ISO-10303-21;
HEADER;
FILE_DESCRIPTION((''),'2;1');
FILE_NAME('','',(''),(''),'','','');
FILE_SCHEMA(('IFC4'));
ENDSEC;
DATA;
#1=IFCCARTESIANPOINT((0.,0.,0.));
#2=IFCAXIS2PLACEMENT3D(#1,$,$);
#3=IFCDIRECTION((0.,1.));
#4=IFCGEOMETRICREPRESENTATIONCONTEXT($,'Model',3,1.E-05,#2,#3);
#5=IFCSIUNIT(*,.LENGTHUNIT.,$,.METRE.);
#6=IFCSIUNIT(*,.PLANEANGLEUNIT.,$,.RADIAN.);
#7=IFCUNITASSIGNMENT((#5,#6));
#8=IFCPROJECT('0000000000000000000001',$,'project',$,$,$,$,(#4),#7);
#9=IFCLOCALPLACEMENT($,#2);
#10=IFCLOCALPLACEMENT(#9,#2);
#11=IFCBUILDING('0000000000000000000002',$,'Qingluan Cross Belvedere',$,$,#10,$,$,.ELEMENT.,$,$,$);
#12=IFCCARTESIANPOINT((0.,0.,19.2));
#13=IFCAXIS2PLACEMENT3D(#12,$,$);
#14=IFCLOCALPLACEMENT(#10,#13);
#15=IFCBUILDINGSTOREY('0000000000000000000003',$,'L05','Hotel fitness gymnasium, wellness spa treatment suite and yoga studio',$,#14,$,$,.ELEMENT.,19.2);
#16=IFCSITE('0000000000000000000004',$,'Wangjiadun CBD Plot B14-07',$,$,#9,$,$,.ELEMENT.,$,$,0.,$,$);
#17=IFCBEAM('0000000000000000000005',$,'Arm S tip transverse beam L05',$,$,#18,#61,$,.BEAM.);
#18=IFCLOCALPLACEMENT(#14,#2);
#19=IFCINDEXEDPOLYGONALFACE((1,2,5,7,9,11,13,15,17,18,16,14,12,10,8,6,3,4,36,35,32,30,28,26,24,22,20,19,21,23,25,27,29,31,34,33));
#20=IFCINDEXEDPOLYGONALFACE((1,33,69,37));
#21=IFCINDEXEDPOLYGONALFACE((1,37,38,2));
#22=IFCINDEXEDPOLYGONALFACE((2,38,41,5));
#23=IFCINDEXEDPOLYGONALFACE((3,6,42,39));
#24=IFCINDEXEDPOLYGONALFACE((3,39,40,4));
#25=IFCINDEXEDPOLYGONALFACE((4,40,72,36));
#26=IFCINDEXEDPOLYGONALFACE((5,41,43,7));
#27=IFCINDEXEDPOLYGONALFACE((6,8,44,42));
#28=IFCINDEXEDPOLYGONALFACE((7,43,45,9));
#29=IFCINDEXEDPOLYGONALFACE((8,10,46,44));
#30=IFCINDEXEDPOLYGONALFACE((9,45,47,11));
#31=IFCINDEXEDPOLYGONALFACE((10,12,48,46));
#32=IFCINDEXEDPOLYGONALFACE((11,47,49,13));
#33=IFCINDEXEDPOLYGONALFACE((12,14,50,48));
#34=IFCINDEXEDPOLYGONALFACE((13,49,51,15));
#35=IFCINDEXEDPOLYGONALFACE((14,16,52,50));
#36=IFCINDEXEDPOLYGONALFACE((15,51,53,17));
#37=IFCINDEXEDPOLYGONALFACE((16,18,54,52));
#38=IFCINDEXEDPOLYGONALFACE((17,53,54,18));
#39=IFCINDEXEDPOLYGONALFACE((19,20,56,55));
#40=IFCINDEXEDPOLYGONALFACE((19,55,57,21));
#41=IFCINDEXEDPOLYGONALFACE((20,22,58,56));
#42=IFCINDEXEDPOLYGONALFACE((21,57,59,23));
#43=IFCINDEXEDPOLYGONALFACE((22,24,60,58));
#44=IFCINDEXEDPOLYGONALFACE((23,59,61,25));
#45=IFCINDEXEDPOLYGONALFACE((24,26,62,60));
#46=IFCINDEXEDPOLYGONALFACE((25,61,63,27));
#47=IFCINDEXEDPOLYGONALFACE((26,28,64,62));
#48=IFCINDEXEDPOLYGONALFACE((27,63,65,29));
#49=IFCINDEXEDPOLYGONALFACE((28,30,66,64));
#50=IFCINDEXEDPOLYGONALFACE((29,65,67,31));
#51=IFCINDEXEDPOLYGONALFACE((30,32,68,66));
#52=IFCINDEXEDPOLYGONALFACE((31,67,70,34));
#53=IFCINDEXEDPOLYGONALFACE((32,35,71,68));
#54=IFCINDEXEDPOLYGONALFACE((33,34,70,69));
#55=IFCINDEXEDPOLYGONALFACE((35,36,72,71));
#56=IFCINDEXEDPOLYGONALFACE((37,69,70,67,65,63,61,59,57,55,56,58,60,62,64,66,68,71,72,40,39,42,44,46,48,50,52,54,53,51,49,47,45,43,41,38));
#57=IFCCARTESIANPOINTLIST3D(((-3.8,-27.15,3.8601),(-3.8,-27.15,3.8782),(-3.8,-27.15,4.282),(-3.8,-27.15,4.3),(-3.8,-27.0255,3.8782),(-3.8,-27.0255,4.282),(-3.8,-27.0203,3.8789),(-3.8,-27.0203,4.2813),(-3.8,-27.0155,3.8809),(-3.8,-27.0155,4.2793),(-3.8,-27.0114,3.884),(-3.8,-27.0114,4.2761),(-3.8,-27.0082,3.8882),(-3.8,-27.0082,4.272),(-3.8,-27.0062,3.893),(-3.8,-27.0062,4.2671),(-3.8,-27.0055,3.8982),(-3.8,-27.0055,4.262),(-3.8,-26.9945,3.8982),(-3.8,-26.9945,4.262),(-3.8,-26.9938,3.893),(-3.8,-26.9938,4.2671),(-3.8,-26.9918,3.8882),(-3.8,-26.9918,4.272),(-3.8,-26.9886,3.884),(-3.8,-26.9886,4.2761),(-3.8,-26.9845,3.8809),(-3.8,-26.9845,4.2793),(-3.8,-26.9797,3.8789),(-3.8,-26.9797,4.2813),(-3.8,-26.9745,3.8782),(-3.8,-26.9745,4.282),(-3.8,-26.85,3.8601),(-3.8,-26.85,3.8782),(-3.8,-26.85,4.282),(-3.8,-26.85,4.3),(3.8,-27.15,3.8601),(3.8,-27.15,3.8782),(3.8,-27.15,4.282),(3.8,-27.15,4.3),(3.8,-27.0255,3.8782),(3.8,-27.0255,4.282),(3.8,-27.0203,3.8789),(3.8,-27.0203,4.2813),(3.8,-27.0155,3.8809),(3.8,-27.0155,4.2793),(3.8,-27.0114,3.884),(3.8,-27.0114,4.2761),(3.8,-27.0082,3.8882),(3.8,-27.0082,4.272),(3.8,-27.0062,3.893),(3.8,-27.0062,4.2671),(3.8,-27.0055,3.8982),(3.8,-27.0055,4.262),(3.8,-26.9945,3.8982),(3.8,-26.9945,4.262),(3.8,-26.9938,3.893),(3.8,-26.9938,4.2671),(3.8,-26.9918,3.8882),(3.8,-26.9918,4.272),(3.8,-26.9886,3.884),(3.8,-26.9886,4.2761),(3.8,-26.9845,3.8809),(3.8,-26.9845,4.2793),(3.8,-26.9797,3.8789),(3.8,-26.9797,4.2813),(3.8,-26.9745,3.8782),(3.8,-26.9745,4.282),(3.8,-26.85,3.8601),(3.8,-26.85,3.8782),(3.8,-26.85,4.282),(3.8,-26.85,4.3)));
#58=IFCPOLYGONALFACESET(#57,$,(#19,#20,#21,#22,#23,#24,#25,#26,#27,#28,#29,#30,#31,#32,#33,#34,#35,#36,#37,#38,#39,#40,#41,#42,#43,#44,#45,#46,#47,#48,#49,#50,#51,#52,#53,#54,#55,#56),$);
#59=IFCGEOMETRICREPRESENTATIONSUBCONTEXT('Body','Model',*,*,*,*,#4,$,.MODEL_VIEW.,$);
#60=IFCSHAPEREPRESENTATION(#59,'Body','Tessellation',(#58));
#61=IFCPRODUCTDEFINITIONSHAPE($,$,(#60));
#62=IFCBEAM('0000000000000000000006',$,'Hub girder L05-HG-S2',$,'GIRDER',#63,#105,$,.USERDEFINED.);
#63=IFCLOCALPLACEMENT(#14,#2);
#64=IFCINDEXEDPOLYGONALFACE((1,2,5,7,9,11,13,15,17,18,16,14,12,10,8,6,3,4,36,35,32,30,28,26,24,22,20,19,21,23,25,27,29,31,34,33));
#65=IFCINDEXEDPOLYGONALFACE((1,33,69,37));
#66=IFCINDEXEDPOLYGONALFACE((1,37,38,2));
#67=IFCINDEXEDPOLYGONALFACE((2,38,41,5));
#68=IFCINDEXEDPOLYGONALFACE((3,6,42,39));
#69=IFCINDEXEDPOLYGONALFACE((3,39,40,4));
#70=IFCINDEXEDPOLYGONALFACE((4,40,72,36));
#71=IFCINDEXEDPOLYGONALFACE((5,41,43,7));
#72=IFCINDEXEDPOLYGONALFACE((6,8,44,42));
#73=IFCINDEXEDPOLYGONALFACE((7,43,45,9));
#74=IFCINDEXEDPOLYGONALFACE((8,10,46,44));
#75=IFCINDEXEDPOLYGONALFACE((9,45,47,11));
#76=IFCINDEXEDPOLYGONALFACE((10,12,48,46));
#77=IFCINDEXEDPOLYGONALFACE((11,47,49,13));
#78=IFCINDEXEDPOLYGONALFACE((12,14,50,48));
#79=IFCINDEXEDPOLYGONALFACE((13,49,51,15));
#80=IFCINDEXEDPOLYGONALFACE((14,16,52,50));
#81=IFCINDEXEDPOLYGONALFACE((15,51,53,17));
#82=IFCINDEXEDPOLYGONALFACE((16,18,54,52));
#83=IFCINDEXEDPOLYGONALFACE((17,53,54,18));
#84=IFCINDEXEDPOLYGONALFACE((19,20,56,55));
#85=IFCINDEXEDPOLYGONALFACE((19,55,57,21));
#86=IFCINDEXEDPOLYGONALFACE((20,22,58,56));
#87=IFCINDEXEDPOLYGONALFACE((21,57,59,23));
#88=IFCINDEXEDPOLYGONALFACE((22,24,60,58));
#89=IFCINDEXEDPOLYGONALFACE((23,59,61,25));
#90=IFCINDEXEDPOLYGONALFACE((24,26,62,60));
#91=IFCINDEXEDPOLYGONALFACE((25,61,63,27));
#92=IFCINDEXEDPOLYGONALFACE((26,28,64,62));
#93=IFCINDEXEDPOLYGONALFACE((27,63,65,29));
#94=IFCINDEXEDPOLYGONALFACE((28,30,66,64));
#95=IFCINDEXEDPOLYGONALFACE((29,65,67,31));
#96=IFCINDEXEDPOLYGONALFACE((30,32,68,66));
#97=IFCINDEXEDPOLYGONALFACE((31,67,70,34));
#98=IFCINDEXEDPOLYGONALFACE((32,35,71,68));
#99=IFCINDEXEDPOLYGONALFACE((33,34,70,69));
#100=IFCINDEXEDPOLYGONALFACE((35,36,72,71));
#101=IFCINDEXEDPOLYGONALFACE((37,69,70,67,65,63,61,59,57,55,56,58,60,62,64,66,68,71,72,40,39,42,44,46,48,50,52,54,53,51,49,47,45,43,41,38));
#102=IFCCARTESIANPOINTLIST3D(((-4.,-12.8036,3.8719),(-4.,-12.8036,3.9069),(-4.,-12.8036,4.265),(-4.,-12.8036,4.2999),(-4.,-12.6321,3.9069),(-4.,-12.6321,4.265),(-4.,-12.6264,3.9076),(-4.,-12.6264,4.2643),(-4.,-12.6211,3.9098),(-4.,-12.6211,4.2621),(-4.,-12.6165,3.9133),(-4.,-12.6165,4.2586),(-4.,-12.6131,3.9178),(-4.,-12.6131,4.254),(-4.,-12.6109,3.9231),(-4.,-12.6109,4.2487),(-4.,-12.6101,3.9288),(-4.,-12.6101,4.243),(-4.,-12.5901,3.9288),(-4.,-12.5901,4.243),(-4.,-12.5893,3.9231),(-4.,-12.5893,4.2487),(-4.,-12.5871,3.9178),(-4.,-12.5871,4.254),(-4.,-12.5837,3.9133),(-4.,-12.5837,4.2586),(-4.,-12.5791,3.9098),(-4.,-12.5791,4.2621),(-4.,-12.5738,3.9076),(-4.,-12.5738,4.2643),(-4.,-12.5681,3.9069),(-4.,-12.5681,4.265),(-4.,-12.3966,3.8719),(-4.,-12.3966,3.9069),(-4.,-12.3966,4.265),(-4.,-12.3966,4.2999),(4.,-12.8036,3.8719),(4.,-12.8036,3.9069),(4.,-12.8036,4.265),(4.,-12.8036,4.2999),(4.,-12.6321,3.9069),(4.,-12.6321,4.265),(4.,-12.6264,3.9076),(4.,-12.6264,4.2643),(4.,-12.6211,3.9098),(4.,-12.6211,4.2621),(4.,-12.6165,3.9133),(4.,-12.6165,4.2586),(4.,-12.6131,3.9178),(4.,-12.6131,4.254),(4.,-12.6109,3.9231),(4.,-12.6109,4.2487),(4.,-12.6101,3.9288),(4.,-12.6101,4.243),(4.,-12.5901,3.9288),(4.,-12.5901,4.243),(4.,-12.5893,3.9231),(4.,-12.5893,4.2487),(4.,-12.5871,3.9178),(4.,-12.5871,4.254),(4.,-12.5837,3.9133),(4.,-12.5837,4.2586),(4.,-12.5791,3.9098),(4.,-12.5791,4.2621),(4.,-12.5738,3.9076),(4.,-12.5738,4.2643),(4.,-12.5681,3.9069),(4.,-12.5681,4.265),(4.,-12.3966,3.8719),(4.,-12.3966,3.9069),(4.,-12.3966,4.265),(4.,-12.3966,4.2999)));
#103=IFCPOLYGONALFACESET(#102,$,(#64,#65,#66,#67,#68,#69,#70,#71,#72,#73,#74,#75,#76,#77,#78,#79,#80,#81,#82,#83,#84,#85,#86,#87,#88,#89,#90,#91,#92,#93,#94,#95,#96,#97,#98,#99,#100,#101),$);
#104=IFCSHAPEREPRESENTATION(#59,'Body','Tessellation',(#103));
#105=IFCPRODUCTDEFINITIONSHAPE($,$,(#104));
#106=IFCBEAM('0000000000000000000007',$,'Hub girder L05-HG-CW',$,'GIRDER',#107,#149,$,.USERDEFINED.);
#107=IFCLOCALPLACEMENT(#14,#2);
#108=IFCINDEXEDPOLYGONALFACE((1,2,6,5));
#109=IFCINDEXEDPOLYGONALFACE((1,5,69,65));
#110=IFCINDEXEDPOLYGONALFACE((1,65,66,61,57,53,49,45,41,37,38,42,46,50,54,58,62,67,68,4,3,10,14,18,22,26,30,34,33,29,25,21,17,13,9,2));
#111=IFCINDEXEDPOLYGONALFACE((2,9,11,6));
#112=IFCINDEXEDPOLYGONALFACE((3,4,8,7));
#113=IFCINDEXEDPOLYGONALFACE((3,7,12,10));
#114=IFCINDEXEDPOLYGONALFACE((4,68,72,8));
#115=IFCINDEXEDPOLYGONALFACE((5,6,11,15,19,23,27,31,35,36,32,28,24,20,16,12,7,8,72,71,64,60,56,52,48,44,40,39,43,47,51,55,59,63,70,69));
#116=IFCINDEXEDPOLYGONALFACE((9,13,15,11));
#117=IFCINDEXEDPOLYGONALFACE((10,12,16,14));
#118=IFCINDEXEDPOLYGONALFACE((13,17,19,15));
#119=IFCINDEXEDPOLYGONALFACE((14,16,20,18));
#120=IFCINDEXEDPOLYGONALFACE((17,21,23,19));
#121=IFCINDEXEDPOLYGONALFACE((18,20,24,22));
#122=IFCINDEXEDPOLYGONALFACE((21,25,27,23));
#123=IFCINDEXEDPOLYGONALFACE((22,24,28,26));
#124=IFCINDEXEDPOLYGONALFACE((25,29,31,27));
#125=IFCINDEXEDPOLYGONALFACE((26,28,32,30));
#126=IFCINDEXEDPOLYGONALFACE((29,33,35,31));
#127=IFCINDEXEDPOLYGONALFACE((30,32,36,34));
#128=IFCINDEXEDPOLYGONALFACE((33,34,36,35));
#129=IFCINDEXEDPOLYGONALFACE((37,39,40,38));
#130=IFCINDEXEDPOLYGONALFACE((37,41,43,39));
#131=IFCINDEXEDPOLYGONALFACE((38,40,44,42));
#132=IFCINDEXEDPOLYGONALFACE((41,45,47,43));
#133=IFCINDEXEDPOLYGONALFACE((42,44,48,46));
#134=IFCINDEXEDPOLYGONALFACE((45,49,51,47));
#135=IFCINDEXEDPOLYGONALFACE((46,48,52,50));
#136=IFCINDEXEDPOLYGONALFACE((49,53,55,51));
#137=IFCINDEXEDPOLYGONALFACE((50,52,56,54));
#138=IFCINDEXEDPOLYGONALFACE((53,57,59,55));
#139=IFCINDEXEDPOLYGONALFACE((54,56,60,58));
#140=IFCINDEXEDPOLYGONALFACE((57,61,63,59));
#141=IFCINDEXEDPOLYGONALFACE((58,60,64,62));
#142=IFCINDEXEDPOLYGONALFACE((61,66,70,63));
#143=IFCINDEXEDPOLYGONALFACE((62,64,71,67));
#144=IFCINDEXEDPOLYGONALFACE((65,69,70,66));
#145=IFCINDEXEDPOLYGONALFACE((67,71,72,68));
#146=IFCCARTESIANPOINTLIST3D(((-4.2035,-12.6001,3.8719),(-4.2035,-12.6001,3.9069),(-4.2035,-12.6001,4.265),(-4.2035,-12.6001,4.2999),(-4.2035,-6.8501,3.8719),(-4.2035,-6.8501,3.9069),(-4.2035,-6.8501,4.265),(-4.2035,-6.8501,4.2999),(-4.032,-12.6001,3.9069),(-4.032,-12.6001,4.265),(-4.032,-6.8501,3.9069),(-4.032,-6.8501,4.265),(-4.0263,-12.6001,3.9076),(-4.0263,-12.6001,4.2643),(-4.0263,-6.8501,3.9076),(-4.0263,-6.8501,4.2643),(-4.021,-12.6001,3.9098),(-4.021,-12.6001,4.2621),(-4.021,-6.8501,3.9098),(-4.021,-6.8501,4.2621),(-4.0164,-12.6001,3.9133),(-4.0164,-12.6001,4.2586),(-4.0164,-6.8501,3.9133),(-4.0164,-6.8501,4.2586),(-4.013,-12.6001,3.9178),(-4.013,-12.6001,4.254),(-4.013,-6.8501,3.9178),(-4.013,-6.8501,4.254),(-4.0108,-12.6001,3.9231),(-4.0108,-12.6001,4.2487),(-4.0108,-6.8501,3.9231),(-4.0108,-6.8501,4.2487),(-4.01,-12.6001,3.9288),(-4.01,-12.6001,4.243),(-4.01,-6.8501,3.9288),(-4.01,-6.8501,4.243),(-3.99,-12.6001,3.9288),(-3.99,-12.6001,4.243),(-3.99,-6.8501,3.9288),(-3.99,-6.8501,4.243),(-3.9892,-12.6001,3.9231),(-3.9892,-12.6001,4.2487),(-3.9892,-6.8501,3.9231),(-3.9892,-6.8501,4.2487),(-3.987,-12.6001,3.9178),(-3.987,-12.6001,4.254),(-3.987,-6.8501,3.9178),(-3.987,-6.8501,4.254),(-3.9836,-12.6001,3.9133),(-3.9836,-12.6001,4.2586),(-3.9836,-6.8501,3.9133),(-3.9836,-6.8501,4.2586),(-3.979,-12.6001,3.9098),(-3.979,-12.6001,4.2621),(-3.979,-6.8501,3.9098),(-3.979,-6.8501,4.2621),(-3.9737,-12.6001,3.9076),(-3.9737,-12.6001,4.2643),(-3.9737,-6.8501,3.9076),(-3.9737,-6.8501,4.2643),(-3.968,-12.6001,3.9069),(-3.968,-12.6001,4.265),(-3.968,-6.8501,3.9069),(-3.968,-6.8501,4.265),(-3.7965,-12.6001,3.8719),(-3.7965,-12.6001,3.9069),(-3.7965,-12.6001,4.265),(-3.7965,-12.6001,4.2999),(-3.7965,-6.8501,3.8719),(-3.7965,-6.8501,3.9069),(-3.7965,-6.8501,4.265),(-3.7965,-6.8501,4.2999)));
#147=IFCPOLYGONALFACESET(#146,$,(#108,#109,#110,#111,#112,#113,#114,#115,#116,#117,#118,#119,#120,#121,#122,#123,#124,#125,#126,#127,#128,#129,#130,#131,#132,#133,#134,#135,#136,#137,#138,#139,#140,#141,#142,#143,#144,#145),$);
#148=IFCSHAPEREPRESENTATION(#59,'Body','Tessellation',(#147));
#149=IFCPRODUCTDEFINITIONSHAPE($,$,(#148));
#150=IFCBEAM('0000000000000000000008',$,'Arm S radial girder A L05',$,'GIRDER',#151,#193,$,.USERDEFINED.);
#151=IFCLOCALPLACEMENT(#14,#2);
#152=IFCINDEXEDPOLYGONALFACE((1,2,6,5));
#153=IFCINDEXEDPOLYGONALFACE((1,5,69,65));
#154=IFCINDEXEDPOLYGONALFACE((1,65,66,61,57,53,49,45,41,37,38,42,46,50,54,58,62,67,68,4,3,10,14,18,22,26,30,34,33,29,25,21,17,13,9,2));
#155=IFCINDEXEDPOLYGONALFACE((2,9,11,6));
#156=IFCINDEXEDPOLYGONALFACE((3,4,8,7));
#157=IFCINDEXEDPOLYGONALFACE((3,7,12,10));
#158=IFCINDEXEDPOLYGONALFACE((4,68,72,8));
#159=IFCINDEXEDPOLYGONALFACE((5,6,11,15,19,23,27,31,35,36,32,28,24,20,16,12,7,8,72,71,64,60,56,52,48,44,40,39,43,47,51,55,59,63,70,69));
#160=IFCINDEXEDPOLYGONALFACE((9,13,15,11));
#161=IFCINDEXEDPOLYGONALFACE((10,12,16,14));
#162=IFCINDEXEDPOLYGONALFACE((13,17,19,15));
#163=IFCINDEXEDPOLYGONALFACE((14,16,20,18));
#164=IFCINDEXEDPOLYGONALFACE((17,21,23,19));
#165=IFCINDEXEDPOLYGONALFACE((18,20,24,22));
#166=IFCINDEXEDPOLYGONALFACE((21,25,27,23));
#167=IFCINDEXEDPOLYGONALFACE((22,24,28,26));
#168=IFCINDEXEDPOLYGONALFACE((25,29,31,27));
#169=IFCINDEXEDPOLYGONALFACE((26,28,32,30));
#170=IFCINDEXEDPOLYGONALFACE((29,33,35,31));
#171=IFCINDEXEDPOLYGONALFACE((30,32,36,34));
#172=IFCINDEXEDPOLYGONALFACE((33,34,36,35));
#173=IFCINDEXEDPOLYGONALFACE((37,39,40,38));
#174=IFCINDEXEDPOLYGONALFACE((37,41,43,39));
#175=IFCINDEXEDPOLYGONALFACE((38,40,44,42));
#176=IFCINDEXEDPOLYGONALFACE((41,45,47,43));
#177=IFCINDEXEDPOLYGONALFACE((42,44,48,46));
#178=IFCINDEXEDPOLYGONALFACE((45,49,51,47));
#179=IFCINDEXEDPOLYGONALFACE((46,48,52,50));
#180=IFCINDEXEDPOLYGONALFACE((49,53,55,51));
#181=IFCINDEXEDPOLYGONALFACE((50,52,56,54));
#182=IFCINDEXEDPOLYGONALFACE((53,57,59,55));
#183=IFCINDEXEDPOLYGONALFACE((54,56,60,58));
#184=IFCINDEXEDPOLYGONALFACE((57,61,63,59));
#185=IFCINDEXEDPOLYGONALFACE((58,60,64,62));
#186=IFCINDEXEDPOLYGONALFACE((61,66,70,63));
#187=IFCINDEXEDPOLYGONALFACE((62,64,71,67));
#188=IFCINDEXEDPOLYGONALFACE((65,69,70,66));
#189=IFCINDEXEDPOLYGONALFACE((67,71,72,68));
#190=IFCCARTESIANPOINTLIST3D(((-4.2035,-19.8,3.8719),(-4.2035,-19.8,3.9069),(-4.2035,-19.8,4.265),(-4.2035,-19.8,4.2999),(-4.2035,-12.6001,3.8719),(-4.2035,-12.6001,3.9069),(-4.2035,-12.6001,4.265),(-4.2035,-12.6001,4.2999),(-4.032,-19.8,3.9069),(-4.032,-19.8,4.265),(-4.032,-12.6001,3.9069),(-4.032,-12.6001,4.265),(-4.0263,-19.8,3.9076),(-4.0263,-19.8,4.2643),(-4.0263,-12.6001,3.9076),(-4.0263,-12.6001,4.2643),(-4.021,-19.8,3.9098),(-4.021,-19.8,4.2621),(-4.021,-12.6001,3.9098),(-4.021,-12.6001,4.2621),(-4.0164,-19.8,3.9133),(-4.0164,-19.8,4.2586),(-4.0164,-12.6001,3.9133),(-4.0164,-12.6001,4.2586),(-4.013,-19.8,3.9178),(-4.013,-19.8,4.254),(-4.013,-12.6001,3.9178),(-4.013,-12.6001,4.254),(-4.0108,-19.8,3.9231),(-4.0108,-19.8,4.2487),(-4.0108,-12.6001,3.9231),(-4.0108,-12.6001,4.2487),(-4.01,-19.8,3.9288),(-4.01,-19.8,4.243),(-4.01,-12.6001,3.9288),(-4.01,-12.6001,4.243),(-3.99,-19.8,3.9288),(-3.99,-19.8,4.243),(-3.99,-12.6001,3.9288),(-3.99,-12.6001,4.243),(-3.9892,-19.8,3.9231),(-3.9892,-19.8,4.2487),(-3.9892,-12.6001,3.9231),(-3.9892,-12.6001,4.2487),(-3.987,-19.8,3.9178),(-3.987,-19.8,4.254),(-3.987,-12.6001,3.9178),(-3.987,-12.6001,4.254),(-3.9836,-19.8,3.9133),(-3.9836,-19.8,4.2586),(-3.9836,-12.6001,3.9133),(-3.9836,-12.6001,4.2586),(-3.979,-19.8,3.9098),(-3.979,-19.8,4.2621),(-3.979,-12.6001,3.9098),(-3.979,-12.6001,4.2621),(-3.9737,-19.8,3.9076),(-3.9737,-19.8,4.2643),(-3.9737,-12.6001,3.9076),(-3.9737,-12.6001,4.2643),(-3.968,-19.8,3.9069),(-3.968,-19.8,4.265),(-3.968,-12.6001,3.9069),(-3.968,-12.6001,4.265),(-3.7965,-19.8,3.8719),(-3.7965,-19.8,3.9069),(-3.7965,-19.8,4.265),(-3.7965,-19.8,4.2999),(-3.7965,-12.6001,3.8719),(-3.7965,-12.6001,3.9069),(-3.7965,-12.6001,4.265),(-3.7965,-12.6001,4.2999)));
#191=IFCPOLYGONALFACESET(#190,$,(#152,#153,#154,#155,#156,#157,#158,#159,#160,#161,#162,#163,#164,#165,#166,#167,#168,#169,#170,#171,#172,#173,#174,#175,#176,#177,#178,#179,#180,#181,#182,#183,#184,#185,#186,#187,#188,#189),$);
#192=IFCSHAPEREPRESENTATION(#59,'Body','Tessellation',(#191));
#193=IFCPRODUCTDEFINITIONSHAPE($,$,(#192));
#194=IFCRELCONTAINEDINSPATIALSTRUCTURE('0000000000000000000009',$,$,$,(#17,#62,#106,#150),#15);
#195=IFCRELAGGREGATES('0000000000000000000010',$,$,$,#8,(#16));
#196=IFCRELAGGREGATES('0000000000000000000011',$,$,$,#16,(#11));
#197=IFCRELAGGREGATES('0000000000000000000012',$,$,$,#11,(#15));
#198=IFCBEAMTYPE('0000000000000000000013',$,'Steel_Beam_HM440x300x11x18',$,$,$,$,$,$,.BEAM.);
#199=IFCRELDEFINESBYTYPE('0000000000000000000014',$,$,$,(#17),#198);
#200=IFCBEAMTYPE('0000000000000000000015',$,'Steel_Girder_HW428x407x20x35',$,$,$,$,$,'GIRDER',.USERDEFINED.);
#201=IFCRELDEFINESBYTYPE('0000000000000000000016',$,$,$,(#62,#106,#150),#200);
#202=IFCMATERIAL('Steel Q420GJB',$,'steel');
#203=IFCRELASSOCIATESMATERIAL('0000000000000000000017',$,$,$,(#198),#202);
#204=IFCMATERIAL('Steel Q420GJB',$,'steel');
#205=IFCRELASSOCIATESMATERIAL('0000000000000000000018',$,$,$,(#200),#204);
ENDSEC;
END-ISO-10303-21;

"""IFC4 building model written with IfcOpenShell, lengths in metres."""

from ifc_helpers import new_model, si_unit, direction, frame, origin, origin_2d, place, context, subcontext, project, spatial, i_section, extrude, material, material_profile, profile_set, type_object, element, save


model = new_model("IFC4")

# Units and contexts
model_context = context("Model", 3, precision=1e-05, world=origin(), true_north=direction((0.0, 1.0)))
body_context = subcontext(model_context, "Body", "Model", "MODEL_VIEW")
ifc_project = project(units=[si_unit("LENGTHUNIT", "METRE"), si_unit("PLANEANGLEUNIT", "RADIAN")], contexts=[model_context])

# Site, building, storey
site_placement = place(None, origin())
site = spatial("IfcSite", under=ifc_project, at=site_placement, Name="Wangjiadun CBD Plot B14-07", CompositionType="ELEMENT", RefElevation=0.0)
building_placement = place(site_placement, origin())
building = spatial("IfcBuilding", under=site, at=building_placement, Name="Qingluan Cross Belvedere", CompositionType="ELEMENT")
storey_placement = place(building_placement, frame((0.0, 0.0, 19.2)))
storey = spatial("IfcBuildingStorey", under=building, at=storey_placement, Name="L05", Description="Hotel fitness gymnasium, wellness spa treatment suite and yoga studio", CompositionType="ELEMENT", Elevation=19.2)

# Beams
ifc_material_1 = material(Name="Steel Q420GJB", Category="steel")
ifc_material_profile_1 = material_profile(ifc_material_1, i_section(OverallWidth=0.3, OverallDepth=0.4399, WebThickness=0.011, FlangeThickness=0.0181, FilletRadius=0.02, at=origin_2d()), Name="HM440x300x11x18")
ifc_profile_set_1 = profile_set([ifc_material_profile_1], Name="Steel Q420GJB")
beam_type_1 = type_object("IfcBeamType", Name="Steel_Beam_HM440x300x11x18", PredefinedType="BEAM", material=ifc_profile_set_1)
beam_1_placement = place(storey_placement, frame((-3.8, -27.0, 4.0801), z_axis=(1.0, 0.0, 0.0), x_axis=(0.0, 1.0, 0.0)))
element("IfcBeam", 1, at=beam_1_placement, inside=storey, type_object=beam_type_1, Name="Arm S tip transverse beam L05", PredefinedType="BEAM", context=body_context, shape_type="SweptSolid", body=[
    extrude(i_section(OverallWidth=0.3, OverallDepth=0.4399, WebThickness=0.011, FlangeThickness=0.0181, FilletRadius=0.02, at=origin_2d()), origin(), (0.0, 0.0, 1.0), 7.6001),
])
ifc_material_2 = material(Name="Steel Q420GJB", Category="steel")
ifc_material_profile_2 = material_profile(ifc_material_2, i_section(OverallWidth=0.407, OverallDepth=0.428, WebThickness=0.02, FlangeThickness=0.0349, FilletRadius=0.022, at=origin_2d()), Name="HW428x407x20x35")
ifc_profile_set_2 = profile_set([ifc_material_profile_2], Name="Steel Q420GJB")
beam_type_2 = type_object("IfcBeamType", Name="Steel_Girder_HW428x407x20x35", ElementType="GIRDER", PredefinedType="USERDEFINED", material=ifc_profile_set_2)
beam_2_placement = place(storey_placement, frame((-4.0, -12.6001, 4.0859), z_axis=(1.0, 0.0, 0.0), x_axis=(0.0, 1.0, 0.0)))
element("IfcBeam", 2, at=beam_2_placement, inside=storey, type_object=beam_type_2, Name="Hub girder L05-HG-S2", ObjectType="GIRDER", PredefinedType="USERDEFINED", context=body_context, shape_type="SweptSolid", body=[
    extrude(i_section(OverallWidth=0.407, OverallDepth=0.428, WebThickness=0.02, FlangeThickness=0.0349, FilletRadius=0.022, at=origin_2d()), origin(), (0.0, 0.0, 1.0), 8.0),
])
beam_3_placement = place(storey_placement, frame((-4.0, -12.6001, 4.0859), z_axis=(0.0, 1.0, 0.0), x_axis=(-1.0, 0.0, 0.0)))
element("IfcBeam", 3, at=beam_3_placement, inside=storey, type_object=beam_type_2, Name="Hub girder L05-HG-CW", ObjectType="GIRDER", PredefinedType="USERDEFINED", context=body_context, shape_type="SweptSolid", body=[
    extrude(i_section(OverallWidth=0.407, OverallDepth=0.428, WebThickness=0.02, FlangeThickness=0.0349, FilletRadius=0.022, at=origin_2d()), origin(), (0.0, 0.0, 1.0), 5.75),
])
beam_4_placement = place(storey_placement, frame((-4.0, -12.6001, 4.0859), z_axis=(0.0, -1.0, 0.0), x_axis=(1.0, 0.0, 0.0)))
element("IfcBeam", 4, at=beam_4_placement, inside=storey, type_object=beam_type_2, Name="Arm S radial girder A L05", ObjectType="GIRDER", PredefinedType="USERDEFINED", context=body_context, shape_type="SweptSolid", body=[
    extrude(i_section(OverallWidth=0.407, OverallDepth=0.428, WebThickness=0.02, FlangeThickness=0.0349, FilletRadius=0.022, at=origin_2d()), origin(), (0.0, 0.0, 1.0), 7.2),
])

save(model, "model.ifc")
